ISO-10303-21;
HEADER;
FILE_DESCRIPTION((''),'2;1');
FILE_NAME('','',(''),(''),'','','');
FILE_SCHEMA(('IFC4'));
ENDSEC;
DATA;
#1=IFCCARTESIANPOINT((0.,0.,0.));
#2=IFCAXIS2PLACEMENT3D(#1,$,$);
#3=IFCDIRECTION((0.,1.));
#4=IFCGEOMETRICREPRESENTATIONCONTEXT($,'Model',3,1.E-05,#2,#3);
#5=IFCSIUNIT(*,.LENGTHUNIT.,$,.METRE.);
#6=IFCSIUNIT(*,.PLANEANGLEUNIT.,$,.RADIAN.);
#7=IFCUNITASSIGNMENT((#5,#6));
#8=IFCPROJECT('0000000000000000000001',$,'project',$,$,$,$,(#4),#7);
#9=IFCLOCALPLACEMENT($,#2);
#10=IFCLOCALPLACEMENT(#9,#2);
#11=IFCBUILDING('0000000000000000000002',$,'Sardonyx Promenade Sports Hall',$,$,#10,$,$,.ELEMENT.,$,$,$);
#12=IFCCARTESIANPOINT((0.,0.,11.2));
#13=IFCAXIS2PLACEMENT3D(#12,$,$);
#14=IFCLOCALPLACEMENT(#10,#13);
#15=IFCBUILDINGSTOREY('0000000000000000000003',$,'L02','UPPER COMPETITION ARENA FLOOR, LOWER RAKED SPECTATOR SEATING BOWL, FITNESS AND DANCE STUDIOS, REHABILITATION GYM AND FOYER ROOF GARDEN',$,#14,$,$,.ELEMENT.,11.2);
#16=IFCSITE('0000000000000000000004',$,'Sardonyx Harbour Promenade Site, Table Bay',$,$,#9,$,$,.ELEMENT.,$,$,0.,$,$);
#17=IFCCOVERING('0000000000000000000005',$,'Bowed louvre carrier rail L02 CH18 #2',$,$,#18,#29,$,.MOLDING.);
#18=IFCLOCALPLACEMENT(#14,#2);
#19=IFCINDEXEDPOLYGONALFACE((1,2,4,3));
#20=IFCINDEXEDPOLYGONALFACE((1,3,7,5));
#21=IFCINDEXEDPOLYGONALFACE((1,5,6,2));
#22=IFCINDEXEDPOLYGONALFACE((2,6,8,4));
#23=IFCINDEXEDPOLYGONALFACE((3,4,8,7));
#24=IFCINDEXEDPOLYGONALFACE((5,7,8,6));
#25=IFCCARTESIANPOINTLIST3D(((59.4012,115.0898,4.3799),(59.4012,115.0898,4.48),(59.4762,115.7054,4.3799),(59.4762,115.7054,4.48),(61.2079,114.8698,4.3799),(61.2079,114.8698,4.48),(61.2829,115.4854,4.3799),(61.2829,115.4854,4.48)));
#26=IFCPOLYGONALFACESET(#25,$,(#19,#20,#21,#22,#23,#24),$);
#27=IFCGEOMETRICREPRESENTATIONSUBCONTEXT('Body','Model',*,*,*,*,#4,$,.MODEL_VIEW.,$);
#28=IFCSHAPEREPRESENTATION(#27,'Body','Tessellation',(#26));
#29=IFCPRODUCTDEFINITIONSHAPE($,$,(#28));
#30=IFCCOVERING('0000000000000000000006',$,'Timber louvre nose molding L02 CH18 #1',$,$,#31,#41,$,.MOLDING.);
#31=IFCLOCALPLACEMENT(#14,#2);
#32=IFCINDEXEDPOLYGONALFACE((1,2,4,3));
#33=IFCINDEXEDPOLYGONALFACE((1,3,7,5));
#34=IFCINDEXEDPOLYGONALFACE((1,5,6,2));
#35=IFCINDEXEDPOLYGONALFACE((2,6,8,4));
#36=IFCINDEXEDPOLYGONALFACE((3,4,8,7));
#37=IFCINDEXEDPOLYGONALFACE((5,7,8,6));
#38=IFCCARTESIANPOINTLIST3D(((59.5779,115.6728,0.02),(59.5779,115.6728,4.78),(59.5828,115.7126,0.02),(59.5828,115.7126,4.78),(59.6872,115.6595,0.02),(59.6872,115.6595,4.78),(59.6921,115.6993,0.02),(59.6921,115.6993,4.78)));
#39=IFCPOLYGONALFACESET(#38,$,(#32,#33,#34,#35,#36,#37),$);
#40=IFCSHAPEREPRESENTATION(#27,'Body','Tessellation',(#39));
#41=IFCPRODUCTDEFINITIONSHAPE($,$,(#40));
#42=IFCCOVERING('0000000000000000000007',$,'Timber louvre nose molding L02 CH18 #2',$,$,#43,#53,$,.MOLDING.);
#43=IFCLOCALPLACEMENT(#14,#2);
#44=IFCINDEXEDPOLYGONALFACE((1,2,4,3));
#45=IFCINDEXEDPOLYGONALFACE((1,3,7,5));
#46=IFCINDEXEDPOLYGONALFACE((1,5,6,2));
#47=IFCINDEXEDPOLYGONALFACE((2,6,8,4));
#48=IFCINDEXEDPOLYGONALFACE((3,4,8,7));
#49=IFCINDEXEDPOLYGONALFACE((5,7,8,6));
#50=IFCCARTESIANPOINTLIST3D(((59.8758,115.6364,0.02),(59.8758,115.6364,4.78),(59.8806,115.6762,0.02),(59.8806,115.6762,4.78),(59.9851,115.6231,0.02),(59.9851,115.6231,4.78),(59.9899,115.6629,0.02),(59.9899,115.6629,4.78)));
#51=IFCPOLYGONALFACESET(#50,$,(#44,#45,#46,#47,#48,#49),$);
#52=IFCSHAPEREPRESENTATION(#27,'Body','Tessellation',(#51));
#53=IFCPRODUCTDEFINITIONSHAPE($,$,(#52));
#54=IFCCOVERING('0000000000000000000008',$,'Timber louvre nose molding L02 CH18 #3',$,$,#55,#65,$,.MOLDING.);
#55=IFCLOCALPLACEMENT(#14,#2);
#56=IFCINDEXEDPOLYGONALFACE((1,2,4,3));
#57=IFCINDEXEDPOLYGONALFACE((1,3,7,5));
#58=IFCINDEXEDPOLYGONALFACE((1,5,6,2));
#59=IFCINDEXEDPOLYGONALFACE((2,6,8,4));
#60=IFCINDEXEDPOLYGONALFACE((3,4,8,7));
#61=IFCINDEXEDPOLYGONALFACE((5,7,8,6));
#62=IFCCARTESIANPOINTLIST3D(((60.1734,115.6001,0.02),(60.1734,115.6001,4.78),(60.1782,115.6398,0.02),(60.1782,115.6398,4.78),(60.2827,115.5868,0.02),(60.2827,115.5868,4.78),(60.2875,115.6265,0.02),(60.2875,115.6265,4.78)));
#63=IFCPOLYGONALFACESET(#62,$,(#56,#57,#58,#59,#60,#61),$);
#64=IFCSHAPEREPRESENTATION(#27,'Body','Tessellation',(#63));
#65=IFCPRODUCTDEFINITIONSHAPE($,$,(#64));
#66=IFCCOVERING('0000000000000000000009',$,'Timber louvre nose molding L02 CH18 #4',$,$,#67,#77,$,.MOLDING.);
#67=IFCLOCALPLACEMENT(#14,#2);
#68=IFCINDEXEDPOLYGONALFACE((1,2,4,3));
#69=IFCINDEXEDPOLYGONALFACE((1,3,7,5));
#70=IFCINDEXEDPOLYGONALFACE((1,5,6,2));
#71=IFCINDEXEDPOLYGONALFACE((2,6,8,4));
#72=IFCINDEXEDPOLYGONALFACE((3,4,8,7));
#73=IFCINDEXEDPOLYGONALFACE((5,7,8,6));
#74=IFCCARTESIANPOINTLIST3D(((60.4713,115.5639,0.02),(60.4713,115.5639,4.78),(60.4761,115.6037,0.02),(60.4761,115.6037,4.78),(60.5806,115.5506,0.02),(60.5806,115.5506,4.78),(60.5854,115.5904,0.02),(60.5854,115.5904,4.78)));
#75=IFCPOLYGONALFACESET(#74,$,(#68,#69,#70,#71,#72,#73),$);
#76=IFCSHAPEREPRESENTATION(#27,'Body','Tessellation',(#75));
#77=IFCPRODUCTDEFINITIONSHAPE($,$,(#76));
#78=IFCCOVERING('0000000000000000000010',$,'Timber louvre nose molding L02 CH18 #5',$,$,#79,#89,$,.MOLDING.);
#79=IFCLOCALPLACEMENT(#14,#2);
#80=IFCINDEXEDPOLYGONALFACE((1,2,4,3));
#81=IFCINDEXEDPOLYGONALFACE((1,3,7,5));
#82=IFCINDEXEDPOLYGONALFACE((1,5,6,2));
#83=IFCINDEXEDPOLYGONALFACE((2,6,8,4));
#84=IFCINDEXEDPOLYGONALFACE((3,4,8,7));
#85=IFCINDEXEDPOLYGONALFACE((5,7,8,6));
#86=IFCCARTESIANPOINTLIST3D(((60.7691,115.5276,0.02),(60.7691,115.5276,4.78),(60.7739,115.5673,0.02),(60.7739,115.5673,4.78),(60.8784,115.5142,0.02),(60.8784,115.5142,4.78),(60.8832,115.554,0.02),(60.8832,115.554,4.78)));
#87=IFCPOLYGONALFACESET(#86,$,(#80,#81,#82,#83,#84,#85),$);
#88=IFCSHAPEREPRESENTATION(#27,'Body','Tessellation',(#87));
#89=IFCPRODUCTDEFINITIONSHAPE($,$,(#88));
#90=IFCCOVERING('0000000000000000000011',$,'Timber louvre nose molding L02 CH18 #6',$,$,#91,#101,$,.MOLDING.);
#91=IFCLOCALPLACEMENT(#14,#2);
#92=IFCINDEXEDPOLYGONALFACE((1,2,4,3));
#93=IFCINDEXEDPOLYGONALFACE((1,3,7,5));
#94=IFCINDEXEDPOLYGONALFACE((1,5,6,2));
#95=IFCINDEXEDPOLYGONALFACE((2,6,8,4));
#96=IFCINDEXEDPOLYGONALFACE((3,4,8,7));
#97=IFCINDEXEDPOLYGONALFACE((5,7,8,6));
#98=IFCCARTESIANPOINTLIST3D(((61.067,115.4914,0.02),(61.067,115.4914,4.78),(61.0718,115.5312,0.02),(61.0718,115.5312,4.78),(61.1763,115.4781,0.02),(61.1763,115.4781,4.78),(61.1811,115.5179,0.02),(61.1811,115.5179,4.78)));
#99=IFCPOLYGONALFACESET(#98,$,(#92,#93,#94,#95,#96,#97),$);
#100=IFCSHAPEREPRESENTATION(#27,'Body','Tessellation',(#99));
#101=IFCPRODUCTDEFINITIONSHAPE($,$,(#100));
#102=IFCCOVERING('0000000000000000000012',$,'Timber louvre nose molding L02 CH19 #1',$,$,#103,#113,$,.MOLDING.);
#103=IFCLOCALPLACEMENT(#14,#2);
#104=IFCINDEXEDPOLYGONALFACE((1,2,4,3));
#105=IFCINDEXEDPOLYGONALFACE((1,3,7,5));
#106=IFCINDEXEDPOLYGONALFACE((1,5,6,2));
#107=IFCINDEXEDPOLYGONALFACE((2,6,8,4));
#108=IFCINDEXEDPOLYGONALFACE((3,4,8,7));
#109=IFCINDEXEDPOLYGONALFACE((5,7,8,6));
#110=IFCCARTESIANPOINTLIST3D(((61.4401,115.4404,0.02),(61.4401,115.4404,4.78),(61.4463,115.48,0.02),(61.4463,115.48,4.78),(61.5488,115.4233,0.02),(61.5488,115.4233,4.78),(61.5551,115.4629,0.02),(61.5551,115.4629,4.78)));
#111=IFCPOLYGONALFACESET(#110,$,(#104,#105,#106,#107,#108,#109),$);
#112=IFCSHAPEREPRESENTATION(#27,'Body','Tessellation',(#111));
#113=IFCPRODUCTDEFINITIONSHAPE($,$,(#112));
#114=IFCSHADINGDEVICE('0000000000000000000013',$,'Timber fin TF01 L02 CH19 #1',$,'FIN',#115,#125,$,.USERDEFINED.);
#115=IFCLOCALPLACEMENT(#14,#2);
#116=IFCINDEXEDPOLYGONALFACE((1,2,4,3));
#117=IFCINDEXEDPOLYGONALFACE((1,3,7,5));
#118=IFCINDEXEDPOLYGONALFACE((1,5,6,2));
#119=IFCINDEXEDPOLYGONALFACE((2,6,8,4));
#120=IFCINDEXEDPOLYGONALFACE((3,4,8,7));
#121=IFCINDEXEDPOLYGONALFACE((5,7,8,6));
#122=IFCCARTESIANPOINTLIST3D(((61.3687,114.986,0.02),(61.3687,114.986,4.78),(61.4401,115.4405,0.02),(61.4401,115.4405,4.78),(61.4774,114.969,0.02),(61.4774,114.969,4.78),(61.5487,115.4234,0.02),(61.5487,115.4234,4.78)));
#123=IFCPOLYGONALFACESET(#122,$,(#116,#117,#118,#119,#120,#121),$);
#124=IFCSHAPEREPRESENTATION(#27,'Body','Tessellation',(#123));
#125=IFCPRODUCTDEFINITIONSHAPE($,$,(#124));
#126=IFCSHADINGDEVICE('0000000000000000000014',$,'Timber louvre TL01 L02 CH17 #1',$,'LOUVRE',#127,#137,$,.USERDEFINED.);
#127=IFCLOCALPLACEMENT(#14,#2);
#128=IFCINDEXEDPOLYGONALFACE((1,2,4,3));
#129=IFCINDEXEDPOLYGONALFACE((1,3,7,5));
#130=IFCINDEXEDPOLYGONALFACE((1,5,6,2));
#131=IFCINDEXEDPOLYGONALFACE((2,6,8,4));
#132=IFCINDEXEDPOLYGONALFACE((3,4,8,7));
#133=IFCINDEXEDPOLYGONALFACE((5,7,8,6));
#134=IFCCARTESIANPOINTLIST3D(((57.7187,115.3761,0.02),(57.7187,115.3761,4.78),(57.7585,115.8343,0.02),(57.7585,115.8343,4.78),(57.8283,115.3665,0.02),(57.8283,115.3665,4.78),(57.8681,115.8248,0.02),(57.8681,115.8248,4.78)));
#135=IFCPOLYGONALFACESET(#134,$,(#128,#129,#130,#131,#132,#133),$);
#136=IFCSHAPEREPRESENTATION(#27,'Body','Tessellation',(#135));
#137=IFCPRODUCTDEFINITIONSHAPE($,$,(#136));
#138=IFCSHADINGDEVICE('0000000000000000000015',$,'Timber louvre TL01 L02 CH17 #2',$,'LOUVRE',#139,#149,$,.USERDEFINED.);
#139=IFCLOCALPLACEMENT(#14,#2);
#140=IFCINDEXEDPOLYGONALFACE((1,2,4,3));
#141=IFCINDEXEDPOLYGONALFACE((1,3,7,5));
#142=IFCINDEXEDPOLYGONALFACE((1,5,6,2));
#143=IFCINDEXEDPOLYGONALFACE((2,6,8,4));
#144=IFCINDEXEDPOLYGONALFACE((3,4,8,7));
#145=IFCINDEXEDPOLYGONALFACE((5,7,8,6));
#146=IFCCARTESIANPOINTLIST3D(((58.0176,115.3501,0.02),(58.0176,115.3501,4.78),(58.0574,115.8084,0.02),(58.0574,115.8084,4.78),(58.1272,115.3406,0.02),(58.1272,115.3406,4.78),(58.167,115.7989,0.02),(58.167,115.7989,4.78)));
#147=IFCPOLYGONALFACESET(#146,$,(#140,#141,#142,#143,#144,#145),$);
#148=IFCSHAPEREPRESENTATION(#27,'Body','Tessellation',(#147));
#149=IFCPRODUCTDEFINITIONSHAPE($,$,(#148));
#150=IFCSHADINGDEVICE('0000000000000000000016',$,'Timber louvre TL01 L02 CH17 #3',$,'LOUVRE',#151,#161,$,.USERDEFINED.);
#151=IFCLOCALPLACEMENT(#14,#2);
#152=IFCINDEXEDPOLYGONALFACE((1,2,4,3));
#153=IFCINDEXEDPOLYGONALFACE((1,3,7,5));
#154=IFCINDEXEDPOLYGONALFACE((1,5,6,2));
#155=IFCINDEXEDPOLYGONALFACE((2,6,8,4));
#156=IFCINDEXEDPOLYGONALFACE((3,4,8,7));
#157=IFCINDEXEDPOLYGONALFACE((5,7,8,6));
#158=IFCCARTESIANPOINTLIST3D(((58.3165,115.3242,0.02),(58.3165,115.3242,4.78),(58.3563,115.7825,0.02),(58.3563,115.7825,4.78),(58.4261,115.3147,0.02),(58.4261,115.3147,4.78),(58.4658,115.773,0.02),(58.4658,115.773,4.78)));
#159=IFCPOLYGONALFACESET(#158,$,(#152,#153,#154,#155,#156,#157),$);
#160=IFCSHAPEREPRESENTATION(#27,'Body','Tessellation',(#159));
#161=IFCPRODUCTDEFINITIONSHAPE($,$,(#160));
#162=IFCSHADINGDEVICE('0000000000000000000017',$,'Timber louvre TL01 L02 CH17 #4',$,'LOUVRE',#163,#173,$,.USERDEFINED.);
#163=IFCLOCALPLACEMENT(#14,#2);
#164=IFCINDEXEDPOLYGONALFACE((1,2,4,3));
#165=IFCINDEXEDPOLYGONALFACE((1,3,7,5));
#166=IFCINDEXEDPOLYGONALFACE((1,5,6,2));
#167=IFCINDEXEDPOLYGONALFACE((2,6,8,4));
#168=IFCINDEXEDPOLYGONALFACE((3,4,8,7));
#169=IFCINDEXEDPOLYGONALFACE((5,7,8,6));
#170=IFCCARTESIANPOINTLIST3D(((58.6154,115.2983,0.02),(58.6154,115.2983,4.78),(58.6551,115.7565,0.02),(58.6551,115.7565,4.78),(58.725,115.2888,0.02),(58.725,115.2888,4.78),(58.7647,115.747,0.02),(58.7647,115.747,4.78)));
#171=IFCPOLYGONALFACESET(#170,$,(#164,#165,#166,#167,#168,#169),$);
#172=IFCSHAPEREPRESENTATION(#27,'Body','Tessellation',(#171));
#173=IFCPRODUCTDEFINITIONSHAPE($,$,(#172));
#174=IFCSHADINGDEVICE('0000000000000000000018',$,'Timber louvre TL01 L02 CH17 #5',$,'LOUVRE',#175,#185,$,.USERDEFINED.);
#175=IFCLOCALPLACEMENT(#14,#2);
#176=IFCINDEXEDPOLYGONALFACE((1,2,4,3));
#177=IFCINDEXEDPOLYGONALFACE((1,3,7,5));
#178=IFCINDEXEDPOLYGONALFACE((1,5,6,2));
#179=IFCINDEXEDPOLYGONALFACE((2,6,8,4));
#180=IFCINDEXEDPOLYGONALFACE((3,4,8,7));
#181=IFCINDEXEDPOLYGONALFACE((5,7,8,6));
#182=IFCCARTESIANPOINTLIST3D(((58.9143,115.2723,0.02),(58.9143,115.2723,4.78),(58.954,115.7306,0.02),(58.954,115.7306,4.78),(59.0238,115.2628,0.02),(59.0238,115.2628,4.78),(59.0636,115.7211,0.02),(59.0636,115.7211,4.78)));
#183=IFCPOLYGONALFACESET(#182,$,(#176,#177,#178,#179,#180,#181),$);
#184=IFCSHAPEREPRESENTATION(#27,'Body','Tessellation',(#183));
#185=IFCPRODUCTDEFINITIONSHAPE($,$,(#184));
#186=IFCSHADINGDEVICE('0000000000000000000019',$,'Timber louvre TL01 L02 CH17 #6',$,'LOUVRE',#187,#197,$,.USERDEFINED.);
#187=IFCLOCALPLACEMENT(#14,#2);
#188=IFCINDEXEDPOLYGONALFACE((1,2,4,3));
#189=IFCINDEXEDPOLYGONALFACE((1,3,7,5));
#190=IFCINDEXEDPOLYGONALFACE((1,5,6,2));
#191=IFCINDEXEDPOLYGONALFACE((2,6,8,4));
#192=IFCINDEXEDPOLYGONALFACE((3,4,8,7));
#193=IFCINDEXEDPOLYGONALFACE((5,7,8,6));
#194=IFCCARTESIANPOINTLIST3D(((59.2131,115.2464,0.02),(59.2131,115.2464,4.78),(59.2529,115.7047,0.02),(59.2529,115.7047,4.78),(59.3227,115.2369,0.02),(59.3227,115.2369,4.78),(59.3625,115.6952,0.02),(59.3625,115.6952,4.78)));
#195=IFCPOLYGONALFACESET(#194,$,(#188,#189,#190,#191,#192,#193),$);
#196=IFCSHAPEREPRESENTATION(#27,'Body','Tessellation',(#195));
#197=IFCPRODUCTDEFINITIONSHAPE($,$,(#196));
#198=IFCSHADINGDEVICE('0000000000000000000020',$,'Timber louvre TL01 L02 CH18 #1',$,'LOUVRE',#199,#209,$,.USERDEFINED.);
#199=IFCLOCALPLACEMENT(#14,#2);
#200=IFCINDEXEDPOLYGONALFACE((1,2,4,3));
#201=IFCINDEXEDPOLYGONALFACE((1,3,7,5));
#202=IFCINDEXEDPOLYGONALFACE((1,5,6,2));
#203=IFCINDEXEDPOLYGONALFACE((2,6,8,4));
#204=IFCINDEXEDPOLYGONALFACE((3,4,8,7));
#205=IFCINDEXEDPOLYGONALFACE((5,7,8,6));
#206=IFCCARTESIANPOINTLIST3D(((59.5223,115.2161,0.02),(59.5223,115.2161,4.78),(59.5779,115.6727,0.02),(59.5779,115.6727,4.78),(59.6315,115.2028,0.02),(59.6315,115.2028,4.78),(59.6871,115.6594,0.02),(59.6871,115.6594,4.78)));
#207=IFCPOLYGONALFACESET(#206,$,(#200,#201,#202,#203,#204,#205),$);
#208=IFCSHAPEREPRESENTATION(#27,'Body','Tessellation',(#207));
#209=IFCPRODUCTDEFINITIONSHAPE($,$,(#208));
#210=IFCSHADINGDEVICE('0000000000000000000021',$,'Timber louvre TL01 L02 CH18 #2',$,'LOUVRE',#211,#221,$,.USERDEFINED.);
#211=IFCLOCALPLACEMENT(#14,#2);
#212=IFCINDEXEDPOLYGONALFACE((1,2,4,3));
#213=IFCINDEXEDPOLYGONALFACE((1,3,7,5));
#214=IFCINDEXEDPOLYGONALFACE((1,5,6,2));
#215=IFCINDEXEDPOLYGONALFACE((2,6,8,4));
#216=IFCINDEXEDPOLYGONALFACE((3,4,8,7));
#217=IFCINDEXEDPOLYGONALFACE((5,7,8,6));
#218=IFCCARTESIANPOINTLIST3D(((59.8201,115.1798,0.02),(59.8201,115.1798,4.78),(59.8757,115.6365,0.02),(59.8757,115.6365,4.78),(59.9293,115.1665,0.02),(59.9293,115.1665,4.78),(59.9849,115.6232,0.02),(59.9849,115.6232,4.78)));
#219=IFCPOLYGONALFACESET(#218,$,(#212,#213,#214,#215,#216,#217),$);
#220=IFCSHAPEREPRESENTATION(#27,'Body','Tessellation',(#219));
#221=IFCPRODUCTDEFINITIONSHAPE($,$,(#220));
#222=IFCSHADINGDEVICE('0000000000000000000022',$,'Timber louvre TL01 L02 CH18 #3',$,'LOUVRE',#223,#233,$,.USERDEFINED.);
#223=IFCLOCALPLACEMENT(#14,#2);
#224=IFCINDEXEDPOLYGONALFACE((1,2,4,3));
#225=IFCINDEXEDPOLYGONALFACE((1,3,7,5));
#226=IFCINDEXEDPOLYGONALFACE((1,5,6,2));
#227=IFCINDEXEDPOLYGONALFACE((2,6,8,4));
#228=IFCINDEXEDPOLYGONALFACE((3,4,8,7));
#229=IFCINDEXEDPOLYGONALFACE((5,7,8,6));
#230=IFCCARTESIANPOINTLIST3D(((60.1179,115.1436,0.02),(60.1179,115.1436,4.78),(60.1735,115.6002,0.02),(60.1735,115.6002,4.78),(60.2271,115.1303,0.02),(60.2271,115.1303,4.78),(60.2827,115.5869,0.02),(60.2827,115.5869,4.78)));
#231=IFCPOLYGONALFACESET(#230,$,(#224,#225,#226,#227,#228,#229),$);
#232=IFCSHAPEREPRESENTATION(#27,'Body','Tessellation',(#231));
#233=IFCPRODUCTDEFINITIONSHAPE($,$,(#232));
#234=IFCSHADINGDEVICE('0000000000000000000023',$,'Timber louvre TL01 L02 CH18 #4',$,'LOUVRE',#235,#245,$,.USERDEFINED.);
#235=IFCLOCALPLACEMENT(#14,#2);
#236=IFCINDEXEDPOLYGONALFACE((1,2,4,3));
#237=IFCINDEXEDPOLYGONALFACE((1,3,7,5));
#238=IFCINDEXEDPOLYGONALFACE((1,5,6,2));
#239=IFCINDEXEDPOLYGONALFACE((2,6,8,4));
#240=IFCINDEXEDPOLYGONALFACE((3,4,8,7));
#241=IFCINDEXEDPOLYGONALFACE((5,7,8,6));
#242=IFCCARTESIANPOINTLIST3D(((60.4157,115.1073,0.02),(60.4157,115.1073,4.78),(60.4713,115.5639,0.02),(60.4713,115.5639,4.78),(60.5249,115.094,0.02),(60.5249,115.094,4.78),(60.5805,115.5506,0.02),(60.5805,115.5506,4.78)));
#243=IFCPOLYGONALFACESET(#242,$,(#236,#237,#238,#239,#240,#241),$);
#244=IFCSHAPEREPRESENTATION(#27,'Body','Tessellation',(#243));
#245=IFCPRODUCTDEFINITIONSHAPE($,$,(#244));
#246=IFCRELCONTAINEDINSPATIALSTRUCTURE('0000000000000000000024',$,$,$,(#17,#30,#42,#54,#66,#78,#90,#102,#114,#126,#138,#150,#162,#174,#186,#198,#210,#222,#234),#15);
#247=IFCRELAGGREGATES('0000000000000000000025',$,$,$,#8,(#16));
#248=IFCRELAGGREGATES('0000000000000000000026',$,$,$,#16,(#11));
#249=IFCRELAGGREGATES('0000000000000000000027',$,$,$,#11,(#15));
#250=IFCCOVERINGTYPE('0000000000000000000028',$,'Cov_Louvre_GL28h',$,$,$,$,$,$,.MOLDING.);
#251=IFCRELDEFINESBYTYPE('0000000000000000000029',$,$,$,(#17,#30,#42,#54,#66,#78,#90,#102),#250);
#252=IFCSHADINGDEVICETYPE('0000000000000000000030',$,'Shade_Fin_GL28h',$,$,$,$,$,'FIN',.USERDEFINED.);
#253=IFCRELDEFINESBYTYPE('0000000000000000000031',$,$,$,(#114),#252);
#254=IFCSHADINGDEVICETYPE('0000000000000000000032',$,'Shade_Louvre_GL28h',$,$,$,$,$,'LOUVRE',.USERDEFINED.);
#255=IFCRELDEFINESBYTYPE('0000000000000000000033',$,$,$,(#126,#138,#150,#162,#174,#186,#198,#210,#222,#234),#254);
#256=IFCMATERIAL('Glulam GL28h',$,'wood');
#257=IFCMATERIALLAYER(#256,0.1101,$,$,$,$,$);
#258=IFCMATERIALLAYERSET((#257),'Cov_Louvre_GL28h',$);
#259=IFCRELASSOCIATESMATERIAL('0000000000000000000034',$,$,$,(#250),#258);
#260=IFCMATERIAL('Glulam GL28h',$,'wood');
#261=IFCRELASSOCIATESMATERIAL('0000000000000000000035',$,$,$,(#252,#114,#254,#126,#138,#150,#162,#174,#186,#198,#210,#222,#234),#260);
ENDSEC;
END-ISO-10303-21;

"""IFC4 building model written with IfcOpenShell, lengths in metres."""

from ifc_helpers import new_model, si_unit, direction, frame, origin, origin_2d, place, context, subcontext, project, spatial, rectangle, extrude, material, layer, layer_set, type_object, element, save


model = new_model("IFC4")

# Units and contexts
model_context = context("Model", 3, precision=1e-05, world=origin(), true_north=direction((0.0, 1.0)))
body_context = subcontext(model_context, "Body", "Model", "MODEL_VIEW")
ifc_project = project(units=[si_unit("LENGTHUNIT", "METRE"), si_unit("PLANEANGLEUNIT", "RADIAN")], contexts=[model_context])

# Site, building, storey
site_placement = place(None, origin())
site = spatial("IfcSite", under=ifc_project, at=site_placement, Name="Sardonyx Harbour Promenade Site, Table Bay", CompositionType="ELEMENT", RefElevation=0.0)
building_placement = place(site_placement, origin())
building = spatial("IfcBuilding", under=site, at=building_placement, Name="Sardonyx Promenade Sports Hall", CompositionType="ELEMENT")
storey_placement = place(building_placement, frame((0.0, 0.0, 11.2)))
storey = spatial("IfcBuildingStorey", under=building, at=storey_placement, Name="L02", Description="UPPER COMPETITION ARENA FLOOR, LOWER RAKED SPECTATOR SEATING BOWL, FITNESS AND DANCE STUDIOS, REHABILITATION GYM AND FOYER ROOF GARDEN", CompositionType="ELEMENT", Elevation=11.2)

# Coverings
ifc_material_1 = material(Name="Glulam GL28h", Category="wood")
ifc_layer_1 = layer(ifc_material_1, 0.1101)
ifc_layer_set_1 = layer_set([ifc_layer_1], Name="Cov_Louvre_GL28h")
covering_type = type_object("IfcCoveringType", Name="Cov_Louvre_GL28h", PredefinedType="MOLDING", material=ifc_layer_set_1)
for number, where, z_axis, x_axis, name in (
    (1, (60.342, 115.2876, 4.3799), (0.0, 0.0, 1.0), (0.992669, -0.120863, 0.0), "Bowed louvre carrier rail L02 CH18 #2"),
):
    element("IfcCovering", number, at=place(storey_placement, frame(where, z_axis=z_axis, x_axis=x_axis)), inside=storey, type_object=covering_type, Name=name, PredefinedType="MOLDING", context=body_context, shape_type="SweptSolid", body=[
        extrude(rectangle(XDim=1.8201, YDim=0.6201, at=origin_2d()), origin(), (0.0, 0.0, 1.0), 0.1001),
    ])
for number, where, z_axis, x_axis, name in (
    (2, (59.635, 115.686, 0.02), (0.0, 0.0, 1.0), (0.992669, -0.120863, 0.0), "Timber louvre nose molding L02 CH18 #1"),
    (3, (59.9329, 115.6497, 0.02), (0.0, 0.0, 1.0), (0.992669, -0.120863, 0.0), "Timber louvre nose molding L02 CH18 #2"),
    (4, (60.2305, 115.6133, 0.02), (0.0, 0.0, 1.0), (0.992669, -0.120863, 0.0), "Timber louvre nose molding L02 CH18 #3"),
    (5, (60.5283, 115.5771, 0.02), (0.0, 0.0, 1.0), (0.992669, -0.120863, 0.0), "Timber louvre nose molding L02 CH18 #4"),
    (6, (60.8262, 115.5408, 0.02), (0.0, 0.0, 1.0), (0.992669, -0.120863, 0.0), "Timber louvre nose molding L02 CH18 #5"),
    (7, (61.124, 115.5046, 0.02), (0.0, 0.0, 1.0), (0.992669, -0.120863, 0.0), "Timber louvre nose molding L02 CH18 #6"),
    (8, (61.4976, 115.4517, 0.02), (0.0, 0.0, 1.0), (0.987891, -0.155148, 0.0), "Timber louvre nose molding L02 CH19 #1"),
):
    element("IfcCovering", number, at=place(storey_placement, frame(where, z_axis=z_axis, x_axis=x_axis)), inside=storey, type_object=covering_type, Name=name, PredefinedType="MOLDING", context=body_context, shape_type="SweptSolid", body=[
        extrude(rectangle(XDim=0.1101, YDim=0.04, at=origin_2d()), origin(), (0.0, 0.0, 1.0), 4.76),
    ])

# Shading devices
ifc_material_2 = material(Name="Glulam GL28h", Category="wood")
shading_device_type_1 = type_object("IfcShadingDeviceType", Name="Shade_Fin_GL28h", ElementType="FIN", PredefinedType="USERDEFINED", material=ifc_material_2)
shading_device_placement = place(storey_placement, frame((61.4587, 115.2047, 0.02), z_axis=(0.0, 0.0, 1.0), x_axis=(0.987891, -0.155148, 0.0)))
element("IfcShadingDevice", 9, at=shading_device_placement, inside=storey, type_object=shading_device_type_1, material=ifc_material_2, Name="Timber fin TF01 L02 CH19 #1", ObjectType="FIN", PredefinedType="USERDEFINED", context=body_context, shape_type="SweptSolid", body=[
    extrude(rectangle(XDim=0.11, YDim=0.46), origin(), (0.0, 0.0, 1.0), 4.76),
])
shading_device_type_2 = type_object("IfcShadingDeviceType", Name="Shade_Louvre_GL28h", ElementType="LOUVRE", PredefinedType="USERDEFINED", material=ifc_material_2)
for number, where, z_axis, x_axis, name in (
    (10, (57.7934, 115.6004, 0.02), (0.0, 0.0, 1.0), (0.996258, -0.086434, 0.0), "Timber louvre TL01 L02 CH17 #1"),
    (11, (58.0923, 115.5745, 0.02), (0.0, 0.0, 1.0), (0.996258, -0.086434, 0.0), "Timber louvre TL01 L02 CH17 #2"),
    (12, (58.3912, 115.5486, 0.02), (0.0, 0.0, 1.0), (0.996258, -0.086434, 0.0), "Timber louvre TL01 L02 CH17 #3"),
    (13, (58.69, 115.5226, 0.02), (0.0, 0.0, 1.0), (0.996258, -0.086434, 0.0), "Timber louvre TL01 L02 CH17 #4"),
    (14, (58.9889, 115.4967, 0.02), (0.0, 0.0, 1.0), (0.996258, -0.086434, 0.0), "Timber louvre TL01 L02 CH17 #5"),
    (15, (59.2878, 115.4708, 0.02), (0.0, 0.0, 1.0), (0.996258, -0.086434, 0.0), "Timber louvre TL01 L02 CH17 #6"),
    (16, (59.6047, 115.4378, 0.02), (0.0, 0.0, 1.0), (0.992669, -0.120863, 0.0), "Timber louvre TL01 L02 CH18 #1"),
    (17, (59.9025, 115.4015, 0.02), (0.0, 0.0, 1.0), (0.992669, -0.120863, 0.0), "Timber louvre TL01 L02 CH18 #2"),
    (18, (60.2003, 115.3652, 0.02), (0.0, 0.0, 1.0), (0.992669, -0.120863, 0.0), "Timber louvre TL01 L02 CH18 #3"),
    (19, (60.4981, 115.329, 0.02), (0.0, 0.0, 1.0), (0.992669, -0.120863, 0.0), "Timber louvre TL01 L02 CH18 #4"),
):
    element("IfcShadingDevice", number, at=place(storey_placement, frame(where, z_axis=z_axis, x_axis=x_axis)), inside=storey, type_object=shading_device_type_2, material=ifc_material_2, Name=name, ObjectType="LOUVRE", PredefinedType="USERDEFINED", context=body_context, shape_type="SweptSolid", body=[
        extrude(rectangle(XDim=0.11, YDim=0.46), origin(), (0.0, 0.0, 1.0), 4.76),
    ])

save(model, "model.ifc")
